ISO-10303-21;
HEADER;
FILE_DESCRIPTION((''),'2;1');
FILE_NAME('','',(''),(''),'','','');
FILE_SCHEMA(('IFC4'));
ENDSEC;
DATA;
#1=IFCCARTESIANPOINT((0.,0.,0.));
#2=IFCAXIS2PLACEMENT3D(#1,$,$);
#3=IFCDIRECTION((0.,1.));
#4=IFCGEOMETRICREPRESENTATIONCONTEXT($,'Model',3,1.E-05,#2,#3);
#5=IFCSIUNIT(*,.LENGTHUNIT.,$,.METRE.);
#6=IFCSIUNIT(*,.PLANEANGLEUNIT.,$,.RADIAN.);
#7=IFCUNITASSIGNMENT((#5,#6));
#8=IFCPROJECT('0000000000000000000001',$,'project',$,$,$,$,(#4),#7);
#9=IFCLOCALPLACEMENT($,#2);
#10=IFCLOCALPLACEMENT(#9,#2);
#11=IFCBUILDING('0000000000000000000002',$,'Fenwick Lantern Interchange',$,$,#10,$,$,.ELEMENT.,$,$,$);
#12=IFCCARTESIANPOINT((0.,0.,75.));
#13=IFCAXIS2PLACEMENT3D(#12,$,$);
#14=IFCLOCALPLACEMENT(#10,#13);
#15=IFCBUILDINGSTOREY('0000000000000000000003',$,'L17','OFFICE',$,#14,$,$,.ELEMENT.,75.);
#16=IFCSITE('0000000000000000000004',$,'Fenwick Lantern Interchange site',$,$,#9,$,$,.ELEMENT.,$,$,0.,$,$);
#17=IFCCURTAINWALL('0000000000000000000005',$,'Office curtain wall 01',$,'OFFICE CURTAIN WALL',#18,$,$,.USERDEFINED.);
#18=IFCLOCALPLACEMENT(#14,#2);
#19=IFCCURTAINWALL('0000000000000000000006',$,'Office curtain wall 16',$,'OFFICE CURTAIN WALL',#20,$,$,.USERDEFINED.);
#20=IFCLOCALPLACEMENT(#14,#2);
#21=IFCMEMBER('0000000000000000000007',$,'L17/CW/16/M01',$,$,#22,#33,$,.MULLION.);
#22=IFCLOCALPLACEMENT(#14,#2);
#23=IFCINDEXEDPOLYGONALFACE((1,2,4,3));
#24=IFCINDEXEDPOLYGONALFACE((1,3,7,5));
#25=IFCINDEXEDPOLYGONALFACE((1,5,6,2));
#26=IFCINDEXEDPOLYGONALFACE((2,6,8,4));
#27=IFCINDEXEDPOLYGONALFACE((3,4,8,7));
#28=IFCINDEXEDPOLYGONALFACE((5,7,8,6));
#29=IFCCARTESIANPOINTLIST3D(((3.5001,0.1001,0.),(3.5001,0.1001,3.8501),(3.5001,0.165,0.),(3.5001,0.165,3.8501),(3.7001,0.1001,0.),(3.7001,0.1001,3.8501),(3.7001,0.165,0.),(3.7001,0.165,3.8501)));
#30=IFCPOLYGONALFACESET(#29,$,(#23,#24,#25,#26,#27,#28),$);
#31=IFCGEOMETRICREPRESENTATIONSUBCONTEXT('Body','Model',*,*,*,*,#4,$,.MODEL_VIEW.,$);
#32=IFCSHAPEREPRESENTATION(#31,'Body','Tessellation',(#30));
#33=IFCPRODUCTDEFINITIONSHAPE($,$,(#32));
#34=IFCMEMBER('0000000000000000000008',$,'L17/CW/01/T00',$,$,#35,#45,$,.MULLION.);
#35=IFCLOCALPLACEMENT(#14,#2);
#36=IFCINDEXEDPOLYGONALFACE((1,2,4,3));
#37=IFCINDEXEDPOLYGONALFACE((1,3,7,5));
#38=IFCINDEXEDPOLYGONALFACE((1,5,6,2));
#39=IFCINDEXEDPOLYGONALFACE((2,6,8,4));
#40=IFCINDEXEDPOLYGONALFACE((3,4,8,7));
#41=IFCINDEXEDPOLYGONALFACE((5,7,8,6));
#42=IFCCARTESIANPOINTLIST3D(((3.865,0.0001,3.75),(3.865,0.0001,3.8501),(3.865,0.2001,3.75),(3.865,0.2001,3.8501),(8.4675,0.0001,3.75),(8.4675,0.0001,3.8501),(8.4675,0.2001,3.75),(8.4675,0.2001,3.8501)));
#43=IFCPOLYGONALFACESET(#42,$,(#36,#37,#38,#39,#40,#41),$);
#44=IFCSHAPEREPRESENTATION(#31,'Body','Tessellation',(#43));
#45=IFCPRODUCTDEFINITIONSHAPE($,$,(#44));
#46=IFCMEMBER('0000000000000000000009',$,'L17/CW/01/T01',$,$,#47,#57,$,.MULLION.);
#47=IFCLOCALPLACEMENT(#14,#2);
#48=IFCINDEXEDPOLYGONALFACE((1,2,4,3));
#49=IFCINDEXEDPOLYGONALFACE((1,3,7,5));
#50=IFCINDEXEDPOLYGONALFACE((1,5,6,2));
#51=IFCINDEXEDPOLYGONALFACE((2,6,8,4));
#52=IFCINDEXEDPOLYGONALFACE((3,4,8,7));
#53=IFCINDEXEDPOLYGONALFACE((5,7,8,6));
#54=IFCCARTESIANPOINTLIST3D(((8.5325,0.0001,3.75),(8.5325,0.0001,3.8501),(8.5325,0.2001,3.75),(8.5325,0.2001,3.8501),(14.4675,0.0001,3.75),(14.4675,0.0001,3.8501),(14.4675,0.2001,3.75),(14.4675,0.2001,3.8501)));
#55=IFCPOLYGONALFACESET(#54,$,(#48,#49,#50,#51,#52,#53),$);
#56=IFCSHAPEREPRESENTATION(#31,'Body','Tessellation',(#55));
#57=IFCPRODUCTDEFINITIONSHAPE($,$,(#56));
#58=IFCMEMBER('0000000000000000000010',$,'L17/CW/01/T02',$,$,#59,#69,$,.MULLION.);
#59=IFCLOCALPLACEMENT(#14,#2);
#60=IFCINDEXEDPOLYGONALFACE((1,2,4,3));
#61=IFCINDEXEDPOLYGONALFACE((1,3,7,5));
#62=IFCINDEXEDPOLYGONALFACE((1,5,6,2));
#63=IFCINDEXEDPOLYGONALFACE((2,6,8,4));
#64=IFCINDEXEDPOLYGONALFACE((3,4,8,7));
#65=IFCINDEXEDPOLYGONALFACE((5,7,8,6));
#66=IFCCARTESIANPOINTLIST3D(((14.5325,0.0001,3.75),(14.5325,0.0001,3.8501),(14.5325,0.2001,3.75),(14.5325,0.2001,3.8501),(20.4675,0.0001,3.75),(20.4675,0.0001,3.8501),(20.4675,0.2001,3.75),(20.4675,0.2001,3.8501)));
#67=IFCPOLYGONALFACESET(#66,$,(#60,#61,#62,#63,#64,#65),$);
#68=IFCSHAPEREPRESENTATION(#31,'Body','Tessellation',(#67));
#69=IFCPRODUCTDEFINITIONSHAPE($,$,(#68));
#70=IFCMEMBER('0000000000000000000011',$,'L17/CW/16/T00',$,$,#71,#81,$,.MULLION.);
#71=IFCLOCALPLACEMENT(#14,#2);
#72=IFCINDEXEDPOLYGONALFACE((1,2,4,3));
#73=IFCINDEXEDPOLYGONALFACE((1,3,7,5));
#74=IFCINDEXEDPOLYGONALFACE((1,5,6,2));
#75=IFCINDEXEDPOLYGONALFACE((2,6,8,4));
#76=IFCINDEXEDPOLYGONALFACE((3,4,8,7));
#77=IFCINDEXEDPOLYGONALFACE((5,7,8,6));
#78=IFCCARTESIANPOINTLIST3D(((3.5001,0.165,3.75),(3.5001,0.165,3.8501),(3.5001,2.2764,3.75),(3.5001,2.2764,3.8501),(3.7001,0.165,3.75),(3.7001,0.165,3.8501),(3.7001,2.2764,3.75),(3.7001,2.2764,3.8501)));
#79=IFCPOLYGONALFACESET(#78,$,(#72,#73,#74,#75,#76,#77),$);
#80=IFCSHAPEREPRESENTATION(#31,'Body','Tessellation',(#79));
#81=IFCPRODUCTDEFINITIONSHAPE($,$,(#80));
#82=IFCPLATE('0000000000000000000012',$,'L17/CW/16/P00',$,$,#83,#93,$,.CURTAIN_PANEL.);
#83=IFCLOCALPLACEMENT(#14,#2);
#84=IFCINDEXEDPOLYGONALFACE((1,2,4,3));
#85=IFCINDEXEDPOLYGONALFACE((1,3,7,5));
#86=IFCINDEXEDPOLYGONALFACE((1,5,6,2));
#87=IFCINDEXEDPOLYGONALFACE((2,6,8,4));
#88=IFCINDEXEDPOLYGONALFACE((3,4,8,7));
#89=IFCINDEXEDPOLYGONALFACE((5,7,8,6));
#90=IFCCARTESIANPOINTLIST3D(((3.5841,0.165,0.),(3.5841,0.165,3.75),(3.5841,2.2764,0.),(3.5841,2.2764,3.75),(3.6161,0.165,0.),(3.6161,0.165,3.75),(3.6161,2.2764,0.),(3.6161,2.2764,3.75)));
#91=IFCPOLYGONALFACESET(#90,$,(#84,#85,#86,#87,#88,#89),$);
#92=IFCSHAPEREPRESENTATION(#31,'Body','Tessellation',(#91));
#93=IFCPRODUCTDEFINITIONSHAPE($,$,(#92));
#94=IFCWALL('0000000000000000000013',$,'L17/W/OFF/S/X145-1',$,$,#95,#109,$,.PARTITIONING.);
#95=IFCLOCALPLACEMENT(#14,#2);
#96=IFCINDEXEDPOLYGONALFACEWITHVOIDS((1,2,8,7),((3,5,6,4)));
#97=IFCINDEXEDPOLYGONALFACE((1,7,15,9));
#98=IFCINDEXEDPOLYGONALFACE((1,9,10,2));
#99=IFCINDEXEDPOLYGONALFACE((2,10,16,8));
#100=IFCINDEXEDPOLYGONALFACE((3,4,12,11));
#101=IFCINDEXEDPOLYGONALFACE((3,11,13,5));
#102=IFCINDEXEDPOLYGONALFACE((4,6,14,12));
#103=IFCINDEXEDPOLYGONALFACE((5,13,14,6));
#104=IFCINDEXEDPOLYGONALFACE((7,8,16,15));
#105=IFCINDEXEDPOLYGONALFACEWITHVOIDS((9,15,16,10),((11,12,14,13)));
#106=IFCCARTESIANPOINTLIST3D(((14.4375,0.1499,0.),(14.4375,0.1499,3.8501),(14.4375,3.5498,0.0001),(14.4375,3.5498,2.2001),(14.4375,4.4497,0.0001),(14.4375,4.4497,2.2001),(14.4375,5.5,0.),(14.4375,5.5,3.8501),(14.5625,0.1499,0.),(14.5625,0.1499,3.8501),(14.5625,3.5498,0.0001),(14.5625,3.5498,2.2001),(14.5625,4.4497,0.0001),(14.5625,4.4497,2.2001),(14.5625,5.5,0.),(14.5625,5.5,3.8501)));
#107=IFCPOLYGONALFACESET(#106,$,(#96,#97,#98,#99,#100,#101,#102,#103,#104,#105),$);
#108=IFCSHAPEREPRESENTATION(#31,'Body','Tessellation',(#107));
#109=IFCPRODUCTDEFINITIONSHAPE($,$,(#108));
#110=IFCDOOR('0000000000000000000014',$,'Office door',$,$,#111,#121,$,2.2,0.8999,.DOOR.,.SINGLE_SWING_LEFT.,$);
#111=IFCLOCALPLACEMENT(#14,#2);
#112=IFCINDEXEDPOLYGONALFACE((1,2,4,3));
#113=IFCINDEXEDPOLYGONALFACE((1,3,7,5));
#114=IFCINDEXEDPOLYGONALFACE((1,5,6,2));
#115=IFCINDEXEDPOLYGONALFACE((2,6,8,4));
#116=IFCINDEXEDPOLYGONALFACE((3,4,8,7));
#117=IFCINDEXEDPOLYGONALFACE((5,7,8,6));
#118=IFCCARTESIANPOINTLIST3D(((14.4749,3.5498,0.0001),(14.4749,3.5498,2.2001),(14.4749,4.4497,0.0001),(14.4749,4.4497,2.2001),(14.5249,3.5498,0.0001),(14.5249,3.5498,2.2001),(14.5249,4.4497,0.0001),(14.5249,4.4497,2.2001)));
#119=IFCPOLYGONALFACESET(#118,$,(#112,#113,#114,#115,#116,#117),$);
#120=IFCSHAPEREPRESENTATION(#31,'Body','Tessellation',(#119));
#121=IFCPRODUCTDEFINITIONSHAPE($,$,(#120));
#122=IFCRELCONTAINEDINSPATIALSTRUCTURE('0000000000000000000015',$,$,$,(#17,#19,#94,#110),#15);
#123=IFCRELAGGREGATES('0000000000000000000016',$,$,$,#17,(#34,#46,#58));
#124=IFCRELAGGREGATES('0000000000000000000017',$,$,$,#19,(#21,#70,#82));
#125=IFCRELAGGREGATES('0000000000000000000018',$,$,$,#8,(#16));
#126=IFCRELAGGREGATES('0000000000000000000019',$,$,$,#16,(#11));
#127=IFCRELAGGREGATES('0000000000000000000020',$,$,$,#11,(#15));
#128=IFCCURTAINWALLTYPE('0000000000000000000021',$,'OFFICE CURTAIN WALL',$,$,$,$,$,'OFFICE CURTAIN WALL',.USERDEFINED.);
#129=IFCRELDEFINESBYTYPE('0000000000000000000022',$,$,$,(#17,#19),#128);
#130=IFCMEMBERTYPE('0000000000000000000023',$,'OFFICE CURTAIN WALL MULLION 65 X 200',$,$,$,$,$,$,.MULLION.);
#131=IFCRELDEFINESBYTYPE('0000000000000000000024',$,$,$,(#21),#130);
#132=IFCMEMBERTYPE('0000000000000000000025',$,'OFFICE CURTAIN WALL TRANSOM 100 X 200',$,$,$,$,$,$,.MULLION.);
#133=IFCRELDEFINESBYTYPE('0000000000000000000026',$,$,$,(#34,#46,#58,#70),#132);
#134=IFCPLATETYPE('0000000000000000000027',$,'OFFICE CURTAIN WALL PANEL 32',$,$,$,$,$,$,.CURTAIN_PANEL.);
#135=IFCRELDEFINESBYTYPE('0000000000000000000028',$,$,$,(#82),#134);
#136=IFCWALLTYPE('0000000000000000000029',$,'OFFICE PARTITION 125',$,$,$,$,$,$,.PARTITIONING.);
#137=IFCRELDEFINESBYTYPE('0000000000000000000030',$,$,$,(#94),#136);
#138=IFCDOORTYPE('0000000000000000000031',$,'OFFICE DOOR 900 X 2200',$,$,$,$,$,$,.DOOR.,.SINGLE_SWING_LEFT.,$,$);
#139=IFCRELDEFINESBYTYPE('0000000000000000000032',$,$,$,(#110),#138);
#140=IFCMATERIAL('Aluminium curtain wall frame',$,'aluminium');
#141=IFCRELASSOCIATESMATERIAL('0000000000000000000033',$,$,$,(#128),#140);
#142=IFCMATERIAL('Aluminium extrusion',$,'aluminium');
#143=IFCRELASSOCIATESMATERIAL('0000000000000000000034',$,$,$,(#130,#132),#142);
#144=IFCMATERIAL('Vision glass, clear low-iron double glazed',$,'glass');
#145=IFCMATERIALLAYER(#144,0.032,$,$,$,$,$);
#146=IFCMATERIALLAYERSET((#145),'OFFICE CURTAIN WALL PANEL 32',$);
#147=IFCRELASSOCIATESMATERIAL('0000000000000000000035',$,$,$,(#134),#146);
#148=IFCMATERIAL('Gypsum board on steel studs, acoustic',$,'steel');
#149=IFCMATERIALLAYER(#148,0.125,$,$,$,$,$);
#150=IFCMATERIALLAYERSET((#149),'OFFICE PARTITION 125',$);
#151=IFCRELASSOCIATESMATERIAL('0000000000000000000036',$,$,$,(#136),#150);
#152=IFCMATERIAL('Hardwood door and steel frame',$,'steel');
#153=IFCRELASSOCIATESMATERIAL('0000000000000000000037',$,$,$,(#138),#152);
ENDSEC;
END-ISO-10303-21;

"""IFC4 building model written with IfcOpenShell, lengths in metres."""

from ifc_helpers import new_model, si_unit, direction, frame, frame_2d, origin, origin_2d, place, context, subcontext, project, spatial, rectangle, extrude, material, layer, layer_set, material_profile, profile_set, type_object, element, fill, aggregate, save


model = new_model("IFC4")

# Units and contexts
model_context = context("Model", 3, precision=1e-05, world=origin(), true_north=direction((0.0, 1.0)))
body_context = subcontext(model_context, "Body", "Model", "MODEL_VIEW")
ifc_project = project(units=[si_unit("LENGTHUNIT", "METRE"), si_unit("PLANEANGLEUNIT", "RADIAN")], contexts=[model_context])

# Site, building, storey
site_placement = place(None, origin())
site = spatial("IfcSite", under=ifc_project, at=site_placement, Name="Fenwick Lantern Interchange site", CompositionType="ELEMENT", RefElevation=0.0)
building_placement = place(site_placement, origin())
building = spatial("IfcBuilding", under=site, at=building_placement, Name="Fenwick Lantern Interchange", CompositionType="ELEMENT")
storey_placement = place(building_placement, frame((0.0, 0.0, 75.0)))
storey = spatial("IfcBuildingStorey", under=building, at=storey_placement, Name="L17", Description="OFFICE", CompositionType="ELEMENT", Elevation=75.0)

# Curtain walls, member
ifc_material_1 = material(Name="Aluminium curtain wall frame", Category="aluminium")
curtain_wall_type = type_object("IfcCurtainWallType", Name="OFFICE CURTAIN WALL", ElementType="OFFICE CURTAIN WALL", PredefinedType="USERDEFINED", material=ifc_material_1)
curtain_wall_1_placement = place(storey_placement, origin())
curtain_wall_1 = element("IfcCurtainWall", 1, at=curtain_wall_1_placement, inside=storey, type_object=curtain_wall_type, Name="Office curtain wall 01", ObjectType="OFFICE CURTAIN WALL", PredefinedType="USERDEFINED")
ifc_material_2 = material(Name="Aluminium extrusion", Category="aluminium")
ifc_material_profile_1 = material_profile(ifc_material_2, rectangle(XDim=0.2, YDim=0.0649, at=origin_2d()), Name="OFFICE CURTAIN WALL MULLION 65 X 200")
ifc_profile_set_1 = profile_set([ifc_material_profile_1], Name="Aluminium extrusion")
member_type_1 = type_object("IfcMemberType", Name="OFFICE CURTAIN WALL MULLION 65 X 200", PredefinedType="MULLION", material=ifc_profile_set_1)
curtain_wall_2_placement = place(storey_placement, origin())
curtain_wall_2 = element("IfcCurtainWall", 2, at=curtain_wall_2_placement, inside=storey, type_object=curtain_wall_type, Name="Office curtain wall 16", ObjectType="OFFICE CURTAIN WALL", PredefinedType="USERDEFINED")
member_1_placement = place(storey_placement, frame((3.6001, 0.1326, 0.0), z_axis=(0.0, 0.0, 1.0), x_axis=(1.0, 0.0, 0.0)))
member_1 = element("IfcMember", 3, at=member_1_placement, type_object=member_type_1, Name="L17/CW/16/M01", PredefinedType="MULLION", context=body_context, shape_type="SweptSolid", body=[
    extrude(rectangle(XDim=0.2, YDim=0.0649, at=origin_2d()), origin(), (0.0, 0.0, 1.0), 3.8501),
])

# Members
ifc_material_profile_2 = material_profile(ifc_material_2, rectangle(XDim=0.2, YDim=0.1001, at=origin_2d()), Name="OFFICE CURTAIN WALL TRANSOM 100 X 200")
ifc_profile_set_2 = profile_set([ifc_material_profile_2], Name="Aluminium extrusion")
member_type_2 = type_object("IfcMemberType", Name="OFFICE CURTAIN WALL TRANSOM 100 X 200", PredefinedType="MULLION", material=ifc_profile_set_2)
member_2_placement = place(storey_placement, frame((3.865, 0.1001, 3.8), z_axis=(1.0, 0.0, 0.0), x_axis=(0.0, 1.0, 0.0)))
member_2 = element("IfcMember", 4, at=member_2_placement, type_object=member_type_2, Name="L17/CW/01/T00", PredefinedType="MULLION", context=body_context, shape_type="SweptSolid", body=[
    extrude(rectangle(XDim=0.2, YDim=0.1001, at=origin_2d()), origin(), (0.0, 0.0, 1.0), 4.6025),
])
member_3_placement = place(storey_placement, frame((8.5325, 0.1001, 3.8), z_axis=(1.0, 0.0, 0.0), x_axis=(0.0, 1.0, 0.0)))
member_3 = element("IfcMember", 5, at=member_3_placement, type_object=member_type_2, Name="L17/CW/01/T01", PredefinedType="MULLION", context=body_context, shape_type="SweptSolid", body=[
    extrude(rectangle(XDim=0.2, YDim=0.1001, at=origin_2d()), origin(), (0.0, 0.0, 1.0), 5.9351),
])
member_4_placement = place(storey_placement, frame((14.5325, 0.1001, 3.8), z_axis=(1.0, 0.0, 0.0), x_axis=(0.0, 1.0, 0.0)))
member_4 = element("IfcMember", 6, at=member_4_placement, type_object=member_type_2, Name="L17/CW/01/T02", PredefinedType="MULLION", context=body_context, shape_type="SweptSolid", body=[
    extrude(rectangle(XDim=0.2, YDim=0.1001, at=origin_2d()), origin(), (0.0, 0.0, 1.0), 5.9351),
])
aggregate(curtain_wall_1, [member_2, member_3, member_4])
member_5_placement = place(storey_placement, frame((3.6001, 2.2764, 3.8), z_axis=(0.0, -1.0, 0.0), x_axis=(1.0, 0.0, 0.0)))
member_5 = element("IfcMember", 7, at=member_5_placement, type_object=member_type_2, Name="L17/CW/16/T00", PredefinedType="MULLION", context=body_context, shape_type="SweptSolid", body=[
    extrude(rectangle(XDim=0.2, YDim=0.1001, at=origin_2d()), origin(), (0.0, 0.0, 1.0), 2.1113),
])

# Plate
ifc_material_3 = material(Name="Vision glass, clear low-iron double glazed", Category="glass")
ifc_layer_1 = layer(ifc_material_3, 0.032)
ifc_layer_set_1 = layer_set([ifc_layer_1], Name="OFFICE CURTAIN WALL PANEL 32")
plate_type = type_object("IfcPlateType", Name="OFFICE CURTAIN WALL PANEL 32", PredefinedType="CURTAIN_PANEL", material=ifc_layer_set_1)
plate_placement = place(storey_placement, frame((3.6001, 1.2207, 0.0), z_axis=(0.0, 0.0, 1.0), x_axis=(0.0, -1.0, 0.0)))
plate = element("IfcPlate", 8, at=plate_placement, type_object=plate_type, Name="L17/CW/16/P00", PredefinedType="CURTAIN_PANEL", context=body_context, shape_type="SweptSolid", body=[
    extrude(rectangle(XDim=2.1113, YDim=0.032, at=origin_2d()), origin(), (0.0, 0.0, 1.0), 3.75),
])
aggregate(curtain_wall_2, [member_1, member_5, plate])

# Wall, opening, door
ifc_material_4 = material(Name="Gypsum board on steel studs, acoustic", Category="steel")
ifc_layer_2 = layer(ifc_material_4, 0.125)
ifc_layer_set_2 = layer_set([ifc_layer_2], Name="OFFICE PARTITION 125")
wall_type = type_object("IfcWallType", Name="OFFICE PARTITION 125", PredefinedType="PARTITIONING", material=ifc_layer_set_2)
wall_1_placement = place(storey_placement, frame((14.5, 0.1499, 0.0), z_axis=(0.0, 0.0, 1.0), x_axis=(0.0, 1.0, 0.0)))
wall_1 = element("IfcWall", 9, at=wall_1_placement, inside=storey, type_object=wall_type, Name="L17/W/OFF/S/X145-1", PredefinedType="PARTITIONING", context=body_context, shape_type="SweptSolid", body=[
    extrude(rectangle(XDim=5.3501, YDim=0.125, at=frame_2d((2.675, 0.0))), origin(), (0.0, 0.0, 1.0), 3.8501),
])
opening_1_placement = place(wall_1_placement, frame((3.3999, 0.0, 0.0)))
opening_1 = element("IfcOpeningElement", 10, at=opening_1_placement, cuts=wall_1, PredefinedType="OPENING", context=body_context, shape_type="SweptSolid", body=[
    extrude(rectangle(XDim=0.8999, YDim=2.2, at=frame_2d((0.45, 1.1001))), frame((0.0, 0.0725, 0.0), z_axis=(0.0, -1.0, 0.0), x_axis=(1.0, 0.0, 0.0)), (0.0, 0.0, 1.0), 0.145),
])
ifc_material_5 = material(Name="Hardwood door and steel frame", Category="steel")
door_type = type_object("IfcDoorType", Name="OFFICE DOOR 900 X 2200", OperationType="SINGLE_SWING_LEFT", PredefinedType="DOOR", material=ifc_material_5)
door_1_placement = place(opening_1_placement, frame((0.8999, 0.0, 0.0), z_axis=(0.0, 0.0, 1.0), x_axis=(-1.0, 0.0, 0.0)))
door_1 = element("IfcDoor", 11, at=door_1_placement, inside=storey, type_object=door_type, Name="Office door", OperationType="SINGLE_SWING_LEFT", OverallHeight=2.2, OverallWidth=0.8999, PredefinedType="DOOR", context=body_context, shape_type="SweptSolid", body=[
    extrude(rectangle(XDim=0.8999, YDim=2.2, at=frame_2d((0.45, 1.1001))), frame((0.0, 0.0249, 0.0), z_axis=(0.0, -1.0, 0.0), x_axis=(1.0, 0.0, 0.0)), (0.0, 0.0, 1.0), 0.05),
])
fill(opening_1, door_1)

save(model, "model.ifc")
